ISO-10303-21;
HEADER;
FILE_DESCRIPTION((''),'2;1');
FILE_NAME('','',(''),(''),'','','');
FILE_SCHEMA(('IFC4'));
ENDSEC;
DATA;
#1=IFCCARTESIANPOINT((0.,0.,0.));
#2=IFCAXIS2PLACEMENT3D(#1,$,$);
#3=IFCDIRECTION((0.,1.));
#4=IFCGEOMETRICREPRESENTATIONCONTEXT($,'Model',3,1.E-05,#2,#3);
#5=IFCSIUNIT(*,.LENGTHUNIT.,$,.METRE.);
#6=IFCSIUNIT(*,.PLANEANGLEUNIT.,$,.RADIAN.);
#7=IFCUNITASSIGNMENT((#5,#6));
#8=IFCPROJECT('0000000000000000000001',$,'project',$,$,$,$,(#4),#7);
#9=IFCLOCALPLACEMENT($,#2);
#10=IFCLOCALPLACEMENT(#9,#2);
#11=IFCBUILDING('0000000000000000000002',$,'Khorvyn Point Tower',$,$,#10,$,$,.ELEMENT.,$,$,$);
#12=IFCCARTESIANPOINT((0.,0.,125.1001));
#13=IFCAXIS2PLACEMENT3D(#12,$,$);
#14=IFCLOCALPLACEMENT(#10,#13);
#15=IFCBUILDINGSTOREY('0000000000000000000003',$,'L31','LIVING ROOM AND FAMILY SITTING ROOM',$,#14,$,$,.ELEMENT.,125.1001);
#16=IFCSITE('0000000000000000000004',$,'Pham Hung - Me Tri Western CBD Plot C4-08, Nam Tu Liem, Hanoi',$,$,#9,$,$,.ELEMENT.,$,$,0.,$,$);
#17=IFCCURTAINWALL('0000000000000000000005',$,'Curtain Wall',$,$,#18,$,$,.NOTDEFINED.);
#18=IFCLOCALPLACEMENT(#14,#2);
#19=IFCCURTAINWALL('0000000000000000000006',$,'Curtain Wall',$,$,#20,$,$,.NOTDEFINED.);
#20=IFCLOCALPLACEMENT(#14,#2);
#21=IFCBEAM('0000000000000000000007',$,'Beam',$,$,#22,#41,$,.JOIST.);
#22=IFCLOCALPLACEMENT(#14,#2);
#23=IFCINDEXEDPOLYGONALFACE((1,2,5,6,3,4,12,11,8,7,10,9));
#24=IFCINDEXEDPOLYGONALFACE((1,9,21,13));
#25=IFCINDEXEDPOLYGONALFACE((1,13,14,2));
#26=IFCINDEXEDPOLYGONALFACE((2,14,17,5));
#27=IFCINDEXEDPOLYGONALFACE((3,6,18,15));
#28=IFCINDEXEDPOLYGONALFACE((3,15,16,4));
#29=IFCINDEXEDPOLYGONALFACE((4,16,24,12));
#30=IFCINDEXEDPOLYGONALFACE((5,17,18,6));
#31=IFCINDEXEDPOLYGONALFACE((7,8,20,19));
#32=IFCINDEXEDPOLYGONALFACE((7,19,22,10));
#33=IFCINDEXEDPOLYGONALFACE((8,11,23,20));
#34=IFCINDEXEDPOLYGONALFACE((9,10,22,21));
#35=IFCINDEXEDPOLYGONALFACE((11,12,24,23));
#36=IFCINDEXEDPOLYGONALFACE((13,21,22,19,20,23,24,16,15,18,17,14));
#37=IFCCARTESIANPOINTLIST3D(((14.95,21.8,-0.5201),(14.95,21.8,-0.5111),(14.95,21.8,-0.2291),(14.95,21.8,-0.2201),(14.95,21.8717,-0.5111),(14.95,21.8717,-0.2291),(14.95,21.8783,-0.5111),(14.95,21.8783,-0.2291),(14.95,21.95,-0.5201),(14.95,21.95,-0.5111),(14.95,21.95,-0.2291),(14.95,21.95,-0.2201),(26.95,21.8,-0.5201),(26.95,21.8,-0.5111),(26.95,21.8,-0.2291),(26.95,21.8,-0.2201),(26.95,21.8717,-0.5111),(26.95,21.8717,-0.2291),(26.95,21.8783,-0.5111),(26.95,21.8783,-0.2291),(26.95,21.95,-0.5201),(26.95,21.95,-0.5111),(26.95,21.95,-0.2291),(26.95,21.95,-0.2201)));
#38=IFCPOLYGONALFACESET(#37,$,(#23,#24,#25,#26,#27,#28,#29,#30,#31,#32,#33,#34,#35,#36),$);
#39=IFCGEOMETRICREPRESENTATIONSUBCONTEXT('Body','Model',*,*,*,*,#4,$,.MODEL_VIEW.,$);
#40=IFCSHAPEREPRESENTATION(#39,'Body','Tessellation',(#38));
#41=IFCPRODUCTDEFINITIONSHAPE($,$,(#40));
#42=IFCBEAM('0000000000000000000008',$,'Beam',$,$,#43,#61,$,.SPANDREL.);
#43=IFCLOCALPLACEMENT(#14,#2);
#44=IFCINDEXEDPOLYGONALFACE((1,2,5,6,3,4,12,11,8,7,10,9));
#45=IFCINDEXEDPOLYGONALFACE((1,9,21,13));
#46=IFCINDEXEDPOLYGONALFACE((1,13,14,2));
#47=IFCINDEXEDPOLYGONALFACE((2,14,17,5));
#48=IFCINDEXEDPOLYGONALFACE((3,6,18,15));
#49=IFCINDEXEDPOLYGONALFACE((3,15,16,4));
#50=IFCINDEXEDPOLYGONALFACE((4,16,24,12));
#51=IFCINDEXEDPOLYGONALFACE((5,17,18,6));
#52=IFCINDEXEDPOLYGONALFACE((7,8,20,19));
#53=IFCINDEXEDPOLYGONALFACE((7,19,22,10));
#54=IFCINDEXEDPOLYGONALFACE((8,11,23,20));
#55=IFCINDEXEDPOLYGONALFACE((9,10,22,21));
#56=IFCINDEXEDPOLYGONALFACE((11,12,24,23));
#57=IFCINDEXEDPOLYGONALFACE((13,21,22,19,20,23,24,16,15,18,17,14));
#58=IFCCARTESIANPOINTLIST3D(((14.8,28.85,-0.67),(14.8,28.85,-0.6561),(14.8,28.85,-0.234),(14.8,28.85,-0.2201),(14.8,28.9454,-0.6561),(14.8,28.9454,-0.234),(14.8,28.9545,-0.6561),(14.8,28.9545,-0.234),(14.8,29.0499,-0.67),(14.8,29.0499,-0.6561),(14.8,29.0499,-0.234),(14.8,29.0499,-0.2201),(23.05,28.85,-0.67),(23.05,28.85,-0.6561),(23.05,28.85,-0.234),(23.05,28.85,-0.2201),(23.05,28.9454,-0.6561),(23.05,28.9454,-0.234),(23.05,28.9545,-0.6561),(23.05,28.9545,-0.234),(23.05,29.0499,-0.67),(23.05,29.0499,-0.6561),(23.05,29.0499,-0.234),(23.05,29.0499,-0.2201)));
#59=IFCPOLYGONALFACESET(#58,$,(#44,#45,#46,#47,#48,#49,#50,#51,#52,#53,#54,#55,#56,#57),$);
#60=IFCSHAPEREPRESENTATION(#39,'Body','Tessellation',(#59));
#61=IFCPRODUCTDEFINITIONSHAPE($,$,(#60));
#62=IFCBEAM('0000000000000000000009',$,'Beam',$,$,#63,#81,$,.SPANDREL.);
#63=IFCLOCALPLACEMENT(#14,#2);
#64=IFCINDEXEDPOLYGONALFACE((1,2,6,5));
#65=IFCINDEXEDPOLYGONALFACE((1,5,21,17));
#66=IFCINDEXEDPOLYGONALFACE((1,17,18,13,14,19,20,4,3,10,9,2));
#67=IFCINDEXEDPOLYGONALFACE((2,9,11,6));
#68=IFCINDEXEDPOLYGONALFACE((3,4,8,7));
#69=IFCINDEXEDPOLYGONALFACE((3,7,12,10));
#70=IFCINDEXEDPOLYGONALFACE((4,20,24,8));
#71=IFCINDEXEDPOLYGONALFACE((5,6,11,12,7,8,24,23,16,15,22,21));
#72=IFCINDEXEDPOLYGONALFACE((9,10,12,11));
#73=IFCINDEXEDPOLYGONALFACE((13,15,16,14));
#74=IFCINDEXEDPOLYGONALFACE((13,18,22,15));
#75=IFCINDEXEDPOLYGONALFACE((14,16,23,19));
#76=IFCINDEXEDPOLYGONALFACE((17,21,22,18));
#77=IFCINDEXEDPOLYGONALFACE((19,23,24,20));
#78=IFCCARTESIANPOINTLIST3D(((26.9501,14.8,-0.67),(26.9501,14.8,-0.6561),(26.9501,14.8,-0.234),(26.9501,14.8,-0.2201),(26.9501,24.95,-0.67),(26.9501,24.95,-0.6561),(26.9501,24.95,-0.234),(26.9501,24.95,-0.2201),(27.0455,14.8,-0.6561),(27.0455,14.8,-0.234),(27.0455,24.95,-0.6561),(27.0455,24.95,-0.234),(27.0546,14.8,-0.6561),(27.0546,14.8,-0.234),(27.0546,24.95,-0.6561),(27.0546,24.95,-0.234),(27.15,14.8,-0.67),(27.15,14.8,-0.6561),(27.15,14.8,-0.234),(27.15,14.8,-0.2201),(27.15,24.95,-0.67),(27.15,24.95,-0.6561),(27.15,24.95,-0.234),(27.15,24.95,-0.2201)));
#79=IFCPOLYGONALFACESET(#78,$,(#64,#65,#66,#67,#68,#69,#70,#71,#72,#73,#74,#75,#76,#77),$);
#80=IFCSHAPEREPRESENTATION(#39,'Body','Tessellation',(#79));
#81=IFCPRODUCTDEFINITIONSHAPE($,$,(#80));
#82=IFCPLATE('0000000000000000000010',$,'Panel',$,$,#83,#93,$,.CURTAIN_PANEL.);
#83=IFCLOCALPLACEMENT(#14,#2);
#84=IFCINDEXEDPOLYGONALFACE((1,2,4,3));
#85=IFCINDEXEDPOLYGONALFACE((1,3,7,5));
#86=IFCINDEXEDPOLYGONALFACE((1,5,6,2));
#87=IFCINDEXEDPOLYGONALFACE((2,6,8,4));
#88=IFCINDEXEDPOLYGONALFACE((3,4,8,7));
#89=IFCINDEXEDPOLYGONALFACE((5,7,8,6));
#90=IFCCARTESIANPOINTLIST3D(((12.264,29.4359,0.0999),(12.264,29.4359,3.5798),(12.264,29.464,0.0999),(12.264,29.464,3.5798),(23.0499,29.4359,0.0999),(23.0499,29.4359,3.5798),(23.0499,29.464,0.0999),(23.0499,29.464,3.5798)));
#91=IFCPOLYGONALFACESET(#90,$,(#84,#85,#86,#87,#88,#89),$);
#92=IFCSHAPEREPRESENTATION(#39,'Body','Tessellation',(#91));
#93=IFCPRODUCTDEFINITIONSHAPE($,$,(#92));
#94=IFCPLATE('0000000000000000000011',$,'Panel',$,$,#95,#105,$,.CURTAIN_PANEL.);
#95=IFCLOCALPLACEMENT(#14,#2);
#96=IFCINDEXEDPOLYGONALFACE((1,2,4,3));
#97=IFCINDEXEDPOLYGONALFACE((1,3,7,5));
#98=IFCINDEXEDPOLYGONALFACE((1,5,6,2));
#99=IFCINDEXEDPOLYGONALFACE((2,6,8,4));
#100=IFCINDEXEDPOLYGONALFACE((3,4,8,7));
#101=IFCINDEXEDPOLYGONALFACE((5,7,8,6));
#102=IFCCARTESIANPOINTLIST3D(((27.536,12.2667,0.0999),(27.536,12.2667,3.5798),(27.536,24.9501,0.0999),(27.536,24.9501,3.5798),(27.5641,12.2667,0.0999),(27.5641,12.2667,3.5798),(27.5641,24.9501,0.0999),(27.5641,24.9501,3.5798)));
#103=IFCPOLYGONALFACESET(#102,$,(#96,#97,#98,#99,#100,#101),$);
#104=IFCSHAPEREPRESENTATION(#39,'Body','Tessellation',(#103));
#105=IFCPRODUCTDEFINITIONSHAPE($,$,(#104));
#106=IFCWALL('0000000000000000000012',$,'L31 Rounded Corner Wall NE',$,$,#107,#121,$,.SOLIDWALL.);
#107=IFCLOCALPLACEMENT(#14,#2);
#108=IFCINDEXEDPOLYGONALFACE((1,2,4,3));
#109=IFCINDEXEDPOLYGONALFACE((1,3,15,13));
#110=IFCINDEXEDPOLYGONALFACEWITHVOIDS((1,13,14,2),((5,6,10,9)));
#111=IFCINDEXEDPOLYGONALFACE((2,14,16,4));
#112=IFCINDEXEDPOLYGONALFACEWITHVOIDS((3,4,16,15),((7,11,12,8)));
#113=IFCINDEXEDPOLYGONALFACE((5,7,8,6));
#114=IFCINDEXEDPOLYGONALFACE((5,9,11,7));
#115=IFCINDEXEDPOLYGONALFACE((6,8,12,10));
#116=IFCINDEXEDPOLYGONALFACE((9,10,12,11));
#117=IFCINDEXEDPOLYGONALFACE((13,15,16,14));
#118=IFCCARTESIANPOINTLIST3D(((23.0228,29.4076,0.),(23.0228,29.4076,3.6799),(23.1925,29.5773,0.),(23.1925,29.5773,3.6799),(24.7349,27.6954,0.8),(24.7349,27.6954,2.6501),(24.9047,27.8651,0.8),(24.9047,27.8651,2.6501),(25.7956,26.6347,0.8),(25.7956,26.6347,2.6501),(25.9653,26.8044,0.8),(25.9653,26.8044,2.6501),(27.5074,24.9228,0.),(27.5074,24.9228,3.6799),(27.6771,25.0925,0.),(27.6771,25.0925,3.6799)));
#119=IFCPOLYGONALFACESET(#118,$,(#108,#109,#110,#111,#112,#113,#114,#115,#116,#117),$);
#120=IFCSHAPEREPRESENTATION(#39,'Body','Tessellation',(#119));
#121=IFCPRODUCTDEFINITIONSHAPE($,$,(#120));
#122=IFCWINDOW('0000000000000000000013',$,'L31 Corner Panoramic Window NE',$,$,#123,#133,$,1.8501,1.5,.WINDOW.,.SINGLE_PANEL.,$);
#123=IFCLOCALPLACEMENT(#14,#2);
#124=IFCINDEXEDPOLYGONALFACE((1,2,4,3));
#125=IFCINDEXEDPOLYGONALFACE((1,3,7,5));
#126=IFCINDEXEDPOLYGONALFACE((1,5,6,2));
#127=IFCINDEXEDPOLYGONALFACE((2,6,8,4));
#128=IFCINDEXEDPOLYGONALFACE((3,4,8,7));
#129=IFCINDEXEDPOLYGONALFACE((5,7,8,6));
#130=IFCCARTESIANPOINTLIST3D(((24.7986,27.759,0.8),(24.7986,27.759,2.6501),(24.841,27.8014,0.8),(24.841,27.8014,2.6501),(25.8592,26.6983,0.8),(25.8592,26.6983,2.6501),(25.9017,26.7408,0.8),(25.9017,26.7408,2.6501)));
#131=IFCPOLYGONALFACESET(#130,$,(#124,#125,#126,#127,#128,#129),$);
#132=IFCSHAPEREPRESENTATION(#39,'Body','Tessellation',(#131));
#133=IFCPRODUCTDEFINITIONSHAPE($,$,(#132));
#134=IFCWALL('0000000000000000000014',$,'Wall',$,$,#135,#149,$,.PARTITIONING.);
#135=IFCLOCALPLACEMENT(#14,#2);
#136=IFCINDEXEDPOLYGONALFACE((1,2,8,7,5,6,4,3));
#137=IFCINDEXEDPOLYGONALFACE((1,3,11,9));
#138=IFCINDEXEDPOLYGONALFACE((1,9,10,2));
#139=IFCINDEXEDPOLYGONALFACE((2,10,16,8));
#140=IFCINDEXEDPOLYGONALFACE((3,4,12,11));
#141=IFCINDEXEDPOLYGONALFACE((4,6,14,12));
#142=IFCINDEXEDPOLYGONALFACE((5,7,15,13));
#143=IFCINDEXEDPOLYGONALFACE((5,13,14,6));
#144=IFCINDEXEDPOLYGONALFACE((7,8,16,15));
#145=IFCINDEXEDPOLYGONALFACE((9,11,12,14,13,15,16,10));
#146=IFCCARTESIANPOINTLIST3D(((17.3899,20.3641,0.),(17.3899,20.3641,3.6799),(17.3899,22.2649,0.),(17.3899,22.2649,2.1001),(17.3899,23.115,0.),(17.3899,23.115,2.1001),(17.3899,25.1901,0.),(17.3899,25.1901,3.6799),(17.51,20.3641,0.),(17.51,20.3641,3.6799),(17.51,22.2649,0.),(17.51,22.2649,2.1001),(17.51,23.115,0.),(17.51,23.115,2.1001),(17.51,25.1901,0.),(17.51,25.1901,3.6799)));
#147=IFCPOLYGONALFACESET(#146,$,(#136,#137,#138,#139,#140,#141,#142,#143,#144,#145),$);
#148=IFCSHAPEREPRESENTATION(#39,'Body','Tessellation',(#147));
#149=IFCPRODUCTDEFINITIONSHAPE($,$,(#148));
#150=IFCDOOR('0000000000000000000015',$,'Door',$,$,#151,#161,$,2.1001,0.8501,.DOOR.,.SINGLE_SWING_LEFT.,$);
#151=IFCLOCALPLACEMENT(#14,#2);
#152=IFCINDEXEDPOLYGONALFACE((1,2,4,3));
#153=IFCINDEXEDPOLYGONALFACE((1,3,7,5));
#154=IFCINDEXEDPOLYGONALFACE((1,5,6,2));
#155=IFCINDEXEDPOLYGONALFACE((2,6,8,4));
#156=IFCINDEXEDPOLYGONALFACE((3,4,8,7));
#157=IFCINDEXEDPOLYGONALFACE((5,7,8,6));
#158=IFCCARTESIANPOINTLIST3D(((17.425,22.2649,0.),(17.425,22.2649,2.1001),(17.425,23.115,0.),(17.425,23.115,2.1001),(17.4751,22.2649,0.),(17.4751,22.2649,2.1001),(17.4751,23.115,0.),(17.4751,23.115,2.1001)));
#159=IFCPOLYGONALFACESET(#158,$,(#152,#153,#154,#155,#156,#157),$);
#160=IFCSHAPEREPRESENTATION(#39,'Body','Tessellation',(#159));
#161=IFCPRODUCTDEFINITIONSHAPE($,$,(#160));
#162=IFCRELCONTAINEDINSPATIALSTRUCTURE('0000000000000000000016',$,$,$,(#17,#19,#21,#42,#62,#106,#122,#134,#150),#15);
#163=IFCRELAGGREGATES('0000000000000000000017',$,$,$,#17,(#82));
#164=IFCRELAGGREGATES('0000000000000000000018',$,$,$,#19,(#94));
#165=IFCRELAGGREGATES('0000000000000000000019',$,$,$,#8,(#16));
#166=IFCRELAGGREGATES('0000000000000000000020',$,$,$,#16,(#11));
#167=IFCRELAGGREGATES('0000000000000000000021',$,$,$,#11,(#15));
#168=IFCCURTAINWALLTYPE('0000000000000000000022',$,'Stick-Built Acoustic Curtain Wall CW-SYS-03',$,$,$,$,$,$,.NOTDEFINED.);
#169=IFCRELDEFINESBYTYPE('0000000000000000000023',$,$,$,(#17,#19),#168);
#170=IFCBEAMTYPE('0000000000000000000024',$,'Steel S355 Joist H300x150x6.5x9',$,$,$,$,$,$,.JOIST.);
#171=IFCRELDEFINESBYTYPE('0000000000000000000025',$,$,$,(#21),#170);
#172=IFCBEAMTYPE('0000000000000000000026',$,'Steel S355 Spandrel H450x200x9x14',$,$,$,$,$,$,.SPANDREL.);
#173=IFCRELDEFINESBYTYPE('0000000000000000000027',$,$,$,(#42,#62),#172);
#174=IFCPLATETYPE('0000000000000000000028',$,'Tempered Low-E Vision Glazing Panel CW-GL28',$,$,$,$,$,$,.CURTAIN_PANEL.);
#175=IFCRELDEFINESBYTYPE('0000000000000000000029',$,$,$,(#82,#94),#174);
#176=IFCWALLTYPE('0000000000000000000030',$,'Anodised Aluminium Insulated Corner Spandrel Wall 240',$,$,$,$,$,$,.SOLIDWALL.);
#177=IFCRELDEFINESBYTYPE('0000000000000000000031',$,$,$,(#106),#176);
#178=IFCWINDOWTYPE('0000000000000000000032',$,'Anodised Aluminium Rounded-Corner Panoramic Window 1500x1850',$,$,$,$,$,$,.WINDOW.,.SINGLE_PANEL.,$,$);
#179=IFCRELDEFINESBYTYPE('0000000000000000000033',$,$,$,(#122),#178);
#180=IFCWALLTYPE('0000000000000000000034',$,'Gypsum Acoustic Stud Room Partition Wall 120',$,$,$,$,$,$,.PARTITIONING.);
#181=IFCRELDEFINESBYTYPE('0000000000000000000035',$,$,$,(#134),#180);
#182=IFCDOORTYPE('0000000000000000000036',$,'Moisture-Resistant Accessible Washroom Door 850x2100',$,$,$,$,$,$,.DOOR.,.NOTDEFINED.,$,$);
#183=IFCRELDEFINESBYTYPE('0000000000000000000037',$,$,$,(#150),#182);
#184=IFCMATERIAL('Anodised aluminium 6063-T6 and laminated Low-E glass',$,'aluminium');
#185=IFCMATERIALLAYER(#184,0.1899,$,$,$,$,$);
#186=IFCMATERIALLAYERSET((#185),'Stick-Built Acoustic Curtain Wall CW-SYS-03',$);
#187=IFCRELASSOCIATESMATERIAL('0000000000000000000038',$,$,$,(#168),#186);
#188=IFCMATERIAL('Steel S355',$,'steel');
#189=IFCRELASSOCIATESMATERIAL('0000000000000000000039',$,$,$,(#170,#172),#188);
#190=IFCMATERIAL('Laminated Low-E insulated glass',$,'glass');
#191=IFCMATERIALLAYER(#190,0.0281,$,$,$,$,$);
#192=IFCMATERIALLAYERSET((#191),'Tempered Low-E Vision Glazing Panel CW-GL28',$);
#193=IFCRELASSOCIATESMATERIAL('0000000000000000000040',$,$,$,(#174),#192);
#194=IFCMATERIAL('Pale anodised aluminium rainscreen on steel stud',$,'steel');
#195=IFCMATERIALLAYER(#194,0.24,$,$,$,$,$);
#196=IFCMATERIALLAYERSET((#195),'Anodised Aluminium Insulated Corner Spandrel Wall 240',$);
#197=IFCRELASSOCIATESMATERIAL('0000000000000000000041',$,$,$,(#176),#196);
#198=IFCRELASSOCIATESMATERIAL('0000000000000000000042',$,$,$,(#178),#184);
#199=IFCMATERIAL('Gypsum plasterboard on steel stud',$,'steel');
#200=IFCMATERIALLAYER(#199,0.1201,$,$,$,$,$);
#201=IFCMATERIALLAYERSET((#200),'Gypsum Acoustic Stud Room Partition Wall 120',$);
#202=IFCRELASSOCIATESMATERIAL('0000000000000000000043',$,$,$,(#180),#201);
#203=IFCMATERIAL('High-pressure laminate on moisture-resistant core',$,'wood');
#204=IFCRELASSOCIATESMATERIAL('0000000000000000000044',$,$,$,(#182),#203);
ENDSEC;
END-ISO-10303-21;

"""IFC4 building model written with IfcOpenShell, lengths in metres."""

from ifc_helpers import new_model, si_unit, direction, frame, frame_2d, origin, origin_2d, place, context, subcontext, project, spatial, rectangle, i_section, extrude, material, layer, layer_set, material_profile, profile_set, type_object, element, fill, aggregate, save


model = new_model("IFC4")

# Units and contexts
model_context = context("Model", 3, precision=1e-05, world=origin(), true_north=direction((0.0, 1.0)))
body_context = subcontext(model_context, "Body", "Model", "MODEL_VIEW")
ifc_project = project(units=[si_unit("LENGTHUNIT", "METRE"), si_unit("PLANEANGLEUNIT", "RADIAN")], contexts=[model_context])

# Site, building, storey
site_placement = place(None, origin())
site = spatial("IfcSite", under=ifc_project, at=site_placement, Name="Pham Hung - Me Tri Western CBD Plot C4-08, Nam Tu Liem, Hanoi", CompositionType="ELEMENT", RefElevation=0.0)
building_placement = place(site_placement, origin())
building = spatial("IfcBuilding", under=site, at=building_placement, Name="Khorvyn Point Tower", CompositionType="ELEMENT")
storey_placement = place(building_placement, frame((0.0, 0.0, 125.1001)))
storey = spatial("IfcBuildingStorey", under=building, at=storey_placement, Name="L31", Description="LIVING ROOM AND FAMILY SITTING ROOM", CompositionType="ELEMENT", Elevation=125.1001)

# Curtain wall
ifc_material_1 = material(Name="Anodised aluminium 6063-T6 and laminated Low-E glass", Category="aluminium")
ifc_layer_1 = layer(ifc_material_1, 0.1899)
ifc_layer_set_1 = layer_set([ifc_layer_1], Name="Stick-Built Acoustic Curtain Wall CW-SYS-03")
curtain_wall_type = type_object("IfcCurtainWallType", Name="Stick-Built Acoustic Curtain Wall CW-SYS-03", PredefinedType="NOTDEFINED", material=ifc_layer_set_1)
curtain_wall_1_placement = place(storey_placement, origin())
curtain_wall_1 = element("IfcCurtainWall", 1, at=curtain_wall_1_placement, inside=storey, type_object=curtain_wall_type, Name="Curtain Wall", PredefinedType="NOTDEFINED")

# Curtain wall
curtain_wall_2_placement = place(storey_placement, origin())
curtain_wall_2 = element("IfcCurtainWall", 2, at=curtain_wall_2_placement, inside=storey, type_object=curtain_wall_type, Name="Curtain Wall", PredefinedType="NOTDEFINED")

# Beams
ifc_material_2 = material(Name="Steel S355", Category="steel")
ifc_material_profile_1 = material_profile(ifc_material_2, i_section(OverallWidth=0.1499, OverallDepth=0.3, WebThickness=0.0066, FlangeThickness=0.009, at=origin_2d()))
ifc_profile_set_1 = profile_set([ifc_material_profile_1], Name="Steel S355 H300x150x6.5x9")
beam_type_1 = type_object("IfcBeamType", Name="Steel S355 Joist H300x150x6.5x9", PredefinedType="JOIST", material=ifc_profile_set_1)
beam_1_placement = place(storey_placement, frame((14.95, 21.875, -0.3701), z_axis=(1.0, 0.0, 0.0), x_axis=(0.0, 1.0, 0.0)))
element("IfcBeam", 3, at=beam_1_placement, inside=storey, type_object=beam_type_1, Name="Beam", PredefinedType="JOIST", context=body_context, shape_type="SweptSolid", body=[
    extrude(i_section(OverallWidth=0.1499, OverallDepth=0.3, WebThickness=0.0066, FlangeThickness=0.009, at=origin_2d()), origin(), (0.0, 0.0, 1.0), 12.0),
])
ifc_material_profile_2 = material_profile(ifc_material_2, i_section(OverallWidth=0.2, OverallDepth=0.45, WebThickness=0.009, FlangeThickness=0.0139, at=origin_2d()))
ifc_profile_set_2 = profile_set([ifc_material_profile_2], Name="Steel S355 H450x200x9x14")
beam_type_2 = type_object("IfcBeamType", Name="Steel S355 Spandrel H450x200x9x14", PredefinedType="SPANDREL", material=ifc_profile_set_2)
beam_2_placement = place(storey_placement, frame((14.8, 28.95, -0.4451), z_axis=(1.0, 0.0, 0.0), x_axis=(0.0, 1.0, 0.0)))
element("IfcBeam", 4, at=beam_2_placement, inside=storey, type_object=beam_type_2, Name="Beam", PredefinedType="SPANDREL", context=body_context, shape_type="SweptSolid", body=[
    extrude(i_section(OverallWidth=0.2, OverallDepth=0.45, WebThickness=0.009, FlangeThickness=0.0139, at=origin_2d()), origin(), (0.0, 0.0, 1.0), 8.25),
])
beam_3_placement = place(storey_placement, frame((27.05, 14.8, -0.4451), z_axis=(0.0, 1.0, 0.0), x_axis=(-1.0, 0.0, 0.0)))
element("IfcBeam", 5, at=beam_3_placement, inside=storey, type_object=beam_type_2, Name="Beam", PredefinedType="SPANDREL", context=body_context, shape_type="SweptSolid", body=[
    extrude(i_section(OverallWidth=0.2, OverallDepth=0.45, WebThickness=0.009, FlangeThickness=0.0139, at=origin_2d()), origin(), (0.0, 0.0, 1.0), 10.1499),
])

# Plates
ifc_material_3 = material(Name="Laminated Low-E insulated glass", Category="glass")
ifc_layer_2 = layer(ifc_material_3, 0.0281)
ifc_layer_set_2 = layer_set([ifc_layer_2], Name="Tempered Low-E Vision Glazing Panel CW-GL28")
plate_type = type_object("IfcPlateType", Name="Tempered Low-E Vision Glazing Panel CW-GL28", PredefinedType="CURTAIN_PANEL", material=ifc_layer_set_2)
plate_1_placement = place(storey_placement, frame((17.657, 29.45, 0.0999), z_axis=(0.0, 0.0, 1.0), x_axis=(1.0, 0.0, 0.0)))
plate_1 = element("IfcPlate", 6, at=plate_1_placement, type_object=plate_type, Name="Panel", PredefinedType="CURTAIN_PANEL", context=body_context, shape_type="SweptSolid", body=[
    extrude(rectangle(XDim=10.7859, YDim=0.0281, at=origin_2d()), origin(), (0.0, 0.0, 1.0), 3.48),
])
aggregate(curtain_wall_1, [plate_1])
plate_2_placement = place(storey_placement, frame((27.55, 18.6084, 0.0999), z_axis=(0.0, 0.0, 1.0), x_axis=(0.0, -1.0, 0.0)))
plate_2 = element("IfcPlate", 7, at=plate_2_placement, type_object=plate_type, Name="Panel", PredefinedType="CURTAIN_PANEL", context=body_context, shape_type="SweptSolid", body=[
    extrude(rectangle(XDim=12.6833, YDim=0.0281, at=origin_2d()), origin(), (0.0, 0.0, 1.0), 3.48),
])
aggregate(curtain_wall_2, [plate_2])

# Wall, opening, window
ifc_material_4 = material(Name="Pale anodised aluminium rainscreen on steel stud", Category="steel")
ifc_layer_3 = layer(ifc_material_4, 0.24)
ifc_layer_set_3 = layer_set([ifc_layer_3], Name="Anodised Aluminium Insulated Corner Spandrel Wall 240")
wall_type_1 = type_object("IfcWallType", Name="Anodised Aluminium Insulated Corner Spandrel Wall 240", PredefinedType="SOLIDWALL", material=ifc_layer_set_3)
wall_1_placement = place(storey_placement, frame((23.1077, 29.4924, 0.0), z_axis=(0.0, 0.0, 1.0), x_axis=(0.707088, -0.707126, 0.0)))
wall_1 = element("IfcWall", 8, at=wall_1_placement, inside=storey, type_object=wall_type_1, Name="L31 Rounded Corner Wall NE", PredefinedType="SOLIDWALL", context=body_context, shape_type="SweptSolid", body=[
    extrude(rectangle(XDim=6.3423, YDim=0.24, at=frame_2d((3.1711, 0.0))), origin(), (0.0, 0.0, 1.0), 3.6799),
])
opening_1_placement = place(wall_1_placement, frame((2.4214, 0.0, 0.8)))
opening_1 = element("IfcOpeningElement", 9, at=opening_1_placement, cuts=wall_1, PredefinedType="OPENING", context=body_context, shape_type="SweptSolid", body=[
    extrude(rectangle(XDim=1.5, YDim=1.8501, at=frame_2d((0.75, 0.925))), frame((0.0, 0.1299, 0.0), z_axis=(0.0, -1.0, 0.0), x_axis=(1.0, 0.0, 0.0)), (0.0, 0.0, 1.0), 0.26),
])
window_type = type_object("IfcWindowType", Name="Anodised Aluminium Rounded-Corner Panoramic Window 1500x1850", PartitioningType="SINGLE_PANEL", PredefinedType="WINDOW", material=ifc_material_1)
window_placement = place(opening_1_placement, origin())
window = element("IfcWindow", 10, at=window_placement, inside=storey, type_object=window_type, Name="L31 Corner Panoramic Window NE", OverallHeight=1.8501, OverallWidth=1.5, PartitioningType="SINGLE_PANEL", PredefinedType="WINDOW", context=body_context, shape_type="SweptSolid", body=[
    extrude(rectangle(XDim=1.5, YDim=1.8501, at=frame_2d((0.75, 0.925))), frame((0.0, 0.03, 0.0), z_axis=(0.0, -1.0, 0.0), x_axis=(1.0, 0.0, 0.0)), (0.0, 0.0, 1.0), 0.0601),
])
fill(opening_1, window)

# Wall, opening, door
ifc_material_5 = material(Name="Gypsum plasterboard on steel stud", Category="steel")
ifc_layer_4 = layer(ifc_material_5, 0.1201)
ifc_layer_set_4 = layer_set([ifc_layer_4], Name="Gypsum Acoustic Stud Room Partition Wall 120")
wall_type_2 = type_object("IfcWallType", Name="Gypsum Acoustic Stud Room Partition Wall 120", PredefinedType="PARTITIONING", material=ifc_layer_set_4)
wall_2_placement = place(storey_placement, frame((17.45, 20.364, 0.0), z_axis=(0.0, 0.0, 1.0), x_axis=(0.0, 1.0, 0.0)))
wall_2 = element("IfcWall", 11, at=wall_2_placement, inside=storey, type_object=wall_type_2, Name="Wall", PredefinedType="PARTITIONING", context=body_context, shape_type="SweptSolid", body=[
    extrude(rectangle(XDim=4.8259, YDim=0.1201, at=frame_2d((2.4131, 0.0))), origin(), (0.0, 0.0, 1.0), 3.6799),
])
opening_2_placement = place(wall_2_placement, frame((1.9009, 0.0, 0.0)))
opening_2 = element("IfcOpeningElement", 12, at=opening_2_placement, cuts=wall_2, PredefinedType="OPENING", context=body_context, shape_type="SweptSolid", body=[
    extrude(rectangle(XDim=0.8501, YDim=2.1001, at=frame_2d((0.425, 1.05))), frame((0.0, 0.0701, 0.0), z_axis=(0.0, -1.0, 0.0), x_axis=(1.0, 0.0, 0.0)), (0.0, 0.0, 1.0), 0.1401),
])
ifc_material_6 = material(Name="High-pressure laminate on moisture-resistant core", Category="wood")
door_type_1 = type_object("IfcDoorType", Name="Moisture-Resistant Accessible Washroom Door 850x2100", OperationType="NOTDEFINED", PredefinedType="DOOR", material=ifc_material_6)
door_1_placement = place(opening_2_placement, origin())
door_1 = element("IfcDoor", 13, at=door_1_placement, inside=storey, type_object=door_type_1, Name="Door", OperationType="SINGLE_SWING_LEFT", OverallHeight=2.1001, OverallWidth=0.8501, PredefinedType="DOOR", context=body_context, shape_type="SweptSolid", body=[
    extrude(rectangle(XDim=0.8501, YDim=2.1001, at=frame_2d((0.425, 1.05))), frame((0.0, 0.0249, 0.0), z_axis=(0.0, -1.0, 0.0), x_axis=(1.0, 0.0, 0.0)), (0.0, 0.0, 1.0), 0.05),
])
fill(opening_2, door_1)

save(model, "model.ifc")
